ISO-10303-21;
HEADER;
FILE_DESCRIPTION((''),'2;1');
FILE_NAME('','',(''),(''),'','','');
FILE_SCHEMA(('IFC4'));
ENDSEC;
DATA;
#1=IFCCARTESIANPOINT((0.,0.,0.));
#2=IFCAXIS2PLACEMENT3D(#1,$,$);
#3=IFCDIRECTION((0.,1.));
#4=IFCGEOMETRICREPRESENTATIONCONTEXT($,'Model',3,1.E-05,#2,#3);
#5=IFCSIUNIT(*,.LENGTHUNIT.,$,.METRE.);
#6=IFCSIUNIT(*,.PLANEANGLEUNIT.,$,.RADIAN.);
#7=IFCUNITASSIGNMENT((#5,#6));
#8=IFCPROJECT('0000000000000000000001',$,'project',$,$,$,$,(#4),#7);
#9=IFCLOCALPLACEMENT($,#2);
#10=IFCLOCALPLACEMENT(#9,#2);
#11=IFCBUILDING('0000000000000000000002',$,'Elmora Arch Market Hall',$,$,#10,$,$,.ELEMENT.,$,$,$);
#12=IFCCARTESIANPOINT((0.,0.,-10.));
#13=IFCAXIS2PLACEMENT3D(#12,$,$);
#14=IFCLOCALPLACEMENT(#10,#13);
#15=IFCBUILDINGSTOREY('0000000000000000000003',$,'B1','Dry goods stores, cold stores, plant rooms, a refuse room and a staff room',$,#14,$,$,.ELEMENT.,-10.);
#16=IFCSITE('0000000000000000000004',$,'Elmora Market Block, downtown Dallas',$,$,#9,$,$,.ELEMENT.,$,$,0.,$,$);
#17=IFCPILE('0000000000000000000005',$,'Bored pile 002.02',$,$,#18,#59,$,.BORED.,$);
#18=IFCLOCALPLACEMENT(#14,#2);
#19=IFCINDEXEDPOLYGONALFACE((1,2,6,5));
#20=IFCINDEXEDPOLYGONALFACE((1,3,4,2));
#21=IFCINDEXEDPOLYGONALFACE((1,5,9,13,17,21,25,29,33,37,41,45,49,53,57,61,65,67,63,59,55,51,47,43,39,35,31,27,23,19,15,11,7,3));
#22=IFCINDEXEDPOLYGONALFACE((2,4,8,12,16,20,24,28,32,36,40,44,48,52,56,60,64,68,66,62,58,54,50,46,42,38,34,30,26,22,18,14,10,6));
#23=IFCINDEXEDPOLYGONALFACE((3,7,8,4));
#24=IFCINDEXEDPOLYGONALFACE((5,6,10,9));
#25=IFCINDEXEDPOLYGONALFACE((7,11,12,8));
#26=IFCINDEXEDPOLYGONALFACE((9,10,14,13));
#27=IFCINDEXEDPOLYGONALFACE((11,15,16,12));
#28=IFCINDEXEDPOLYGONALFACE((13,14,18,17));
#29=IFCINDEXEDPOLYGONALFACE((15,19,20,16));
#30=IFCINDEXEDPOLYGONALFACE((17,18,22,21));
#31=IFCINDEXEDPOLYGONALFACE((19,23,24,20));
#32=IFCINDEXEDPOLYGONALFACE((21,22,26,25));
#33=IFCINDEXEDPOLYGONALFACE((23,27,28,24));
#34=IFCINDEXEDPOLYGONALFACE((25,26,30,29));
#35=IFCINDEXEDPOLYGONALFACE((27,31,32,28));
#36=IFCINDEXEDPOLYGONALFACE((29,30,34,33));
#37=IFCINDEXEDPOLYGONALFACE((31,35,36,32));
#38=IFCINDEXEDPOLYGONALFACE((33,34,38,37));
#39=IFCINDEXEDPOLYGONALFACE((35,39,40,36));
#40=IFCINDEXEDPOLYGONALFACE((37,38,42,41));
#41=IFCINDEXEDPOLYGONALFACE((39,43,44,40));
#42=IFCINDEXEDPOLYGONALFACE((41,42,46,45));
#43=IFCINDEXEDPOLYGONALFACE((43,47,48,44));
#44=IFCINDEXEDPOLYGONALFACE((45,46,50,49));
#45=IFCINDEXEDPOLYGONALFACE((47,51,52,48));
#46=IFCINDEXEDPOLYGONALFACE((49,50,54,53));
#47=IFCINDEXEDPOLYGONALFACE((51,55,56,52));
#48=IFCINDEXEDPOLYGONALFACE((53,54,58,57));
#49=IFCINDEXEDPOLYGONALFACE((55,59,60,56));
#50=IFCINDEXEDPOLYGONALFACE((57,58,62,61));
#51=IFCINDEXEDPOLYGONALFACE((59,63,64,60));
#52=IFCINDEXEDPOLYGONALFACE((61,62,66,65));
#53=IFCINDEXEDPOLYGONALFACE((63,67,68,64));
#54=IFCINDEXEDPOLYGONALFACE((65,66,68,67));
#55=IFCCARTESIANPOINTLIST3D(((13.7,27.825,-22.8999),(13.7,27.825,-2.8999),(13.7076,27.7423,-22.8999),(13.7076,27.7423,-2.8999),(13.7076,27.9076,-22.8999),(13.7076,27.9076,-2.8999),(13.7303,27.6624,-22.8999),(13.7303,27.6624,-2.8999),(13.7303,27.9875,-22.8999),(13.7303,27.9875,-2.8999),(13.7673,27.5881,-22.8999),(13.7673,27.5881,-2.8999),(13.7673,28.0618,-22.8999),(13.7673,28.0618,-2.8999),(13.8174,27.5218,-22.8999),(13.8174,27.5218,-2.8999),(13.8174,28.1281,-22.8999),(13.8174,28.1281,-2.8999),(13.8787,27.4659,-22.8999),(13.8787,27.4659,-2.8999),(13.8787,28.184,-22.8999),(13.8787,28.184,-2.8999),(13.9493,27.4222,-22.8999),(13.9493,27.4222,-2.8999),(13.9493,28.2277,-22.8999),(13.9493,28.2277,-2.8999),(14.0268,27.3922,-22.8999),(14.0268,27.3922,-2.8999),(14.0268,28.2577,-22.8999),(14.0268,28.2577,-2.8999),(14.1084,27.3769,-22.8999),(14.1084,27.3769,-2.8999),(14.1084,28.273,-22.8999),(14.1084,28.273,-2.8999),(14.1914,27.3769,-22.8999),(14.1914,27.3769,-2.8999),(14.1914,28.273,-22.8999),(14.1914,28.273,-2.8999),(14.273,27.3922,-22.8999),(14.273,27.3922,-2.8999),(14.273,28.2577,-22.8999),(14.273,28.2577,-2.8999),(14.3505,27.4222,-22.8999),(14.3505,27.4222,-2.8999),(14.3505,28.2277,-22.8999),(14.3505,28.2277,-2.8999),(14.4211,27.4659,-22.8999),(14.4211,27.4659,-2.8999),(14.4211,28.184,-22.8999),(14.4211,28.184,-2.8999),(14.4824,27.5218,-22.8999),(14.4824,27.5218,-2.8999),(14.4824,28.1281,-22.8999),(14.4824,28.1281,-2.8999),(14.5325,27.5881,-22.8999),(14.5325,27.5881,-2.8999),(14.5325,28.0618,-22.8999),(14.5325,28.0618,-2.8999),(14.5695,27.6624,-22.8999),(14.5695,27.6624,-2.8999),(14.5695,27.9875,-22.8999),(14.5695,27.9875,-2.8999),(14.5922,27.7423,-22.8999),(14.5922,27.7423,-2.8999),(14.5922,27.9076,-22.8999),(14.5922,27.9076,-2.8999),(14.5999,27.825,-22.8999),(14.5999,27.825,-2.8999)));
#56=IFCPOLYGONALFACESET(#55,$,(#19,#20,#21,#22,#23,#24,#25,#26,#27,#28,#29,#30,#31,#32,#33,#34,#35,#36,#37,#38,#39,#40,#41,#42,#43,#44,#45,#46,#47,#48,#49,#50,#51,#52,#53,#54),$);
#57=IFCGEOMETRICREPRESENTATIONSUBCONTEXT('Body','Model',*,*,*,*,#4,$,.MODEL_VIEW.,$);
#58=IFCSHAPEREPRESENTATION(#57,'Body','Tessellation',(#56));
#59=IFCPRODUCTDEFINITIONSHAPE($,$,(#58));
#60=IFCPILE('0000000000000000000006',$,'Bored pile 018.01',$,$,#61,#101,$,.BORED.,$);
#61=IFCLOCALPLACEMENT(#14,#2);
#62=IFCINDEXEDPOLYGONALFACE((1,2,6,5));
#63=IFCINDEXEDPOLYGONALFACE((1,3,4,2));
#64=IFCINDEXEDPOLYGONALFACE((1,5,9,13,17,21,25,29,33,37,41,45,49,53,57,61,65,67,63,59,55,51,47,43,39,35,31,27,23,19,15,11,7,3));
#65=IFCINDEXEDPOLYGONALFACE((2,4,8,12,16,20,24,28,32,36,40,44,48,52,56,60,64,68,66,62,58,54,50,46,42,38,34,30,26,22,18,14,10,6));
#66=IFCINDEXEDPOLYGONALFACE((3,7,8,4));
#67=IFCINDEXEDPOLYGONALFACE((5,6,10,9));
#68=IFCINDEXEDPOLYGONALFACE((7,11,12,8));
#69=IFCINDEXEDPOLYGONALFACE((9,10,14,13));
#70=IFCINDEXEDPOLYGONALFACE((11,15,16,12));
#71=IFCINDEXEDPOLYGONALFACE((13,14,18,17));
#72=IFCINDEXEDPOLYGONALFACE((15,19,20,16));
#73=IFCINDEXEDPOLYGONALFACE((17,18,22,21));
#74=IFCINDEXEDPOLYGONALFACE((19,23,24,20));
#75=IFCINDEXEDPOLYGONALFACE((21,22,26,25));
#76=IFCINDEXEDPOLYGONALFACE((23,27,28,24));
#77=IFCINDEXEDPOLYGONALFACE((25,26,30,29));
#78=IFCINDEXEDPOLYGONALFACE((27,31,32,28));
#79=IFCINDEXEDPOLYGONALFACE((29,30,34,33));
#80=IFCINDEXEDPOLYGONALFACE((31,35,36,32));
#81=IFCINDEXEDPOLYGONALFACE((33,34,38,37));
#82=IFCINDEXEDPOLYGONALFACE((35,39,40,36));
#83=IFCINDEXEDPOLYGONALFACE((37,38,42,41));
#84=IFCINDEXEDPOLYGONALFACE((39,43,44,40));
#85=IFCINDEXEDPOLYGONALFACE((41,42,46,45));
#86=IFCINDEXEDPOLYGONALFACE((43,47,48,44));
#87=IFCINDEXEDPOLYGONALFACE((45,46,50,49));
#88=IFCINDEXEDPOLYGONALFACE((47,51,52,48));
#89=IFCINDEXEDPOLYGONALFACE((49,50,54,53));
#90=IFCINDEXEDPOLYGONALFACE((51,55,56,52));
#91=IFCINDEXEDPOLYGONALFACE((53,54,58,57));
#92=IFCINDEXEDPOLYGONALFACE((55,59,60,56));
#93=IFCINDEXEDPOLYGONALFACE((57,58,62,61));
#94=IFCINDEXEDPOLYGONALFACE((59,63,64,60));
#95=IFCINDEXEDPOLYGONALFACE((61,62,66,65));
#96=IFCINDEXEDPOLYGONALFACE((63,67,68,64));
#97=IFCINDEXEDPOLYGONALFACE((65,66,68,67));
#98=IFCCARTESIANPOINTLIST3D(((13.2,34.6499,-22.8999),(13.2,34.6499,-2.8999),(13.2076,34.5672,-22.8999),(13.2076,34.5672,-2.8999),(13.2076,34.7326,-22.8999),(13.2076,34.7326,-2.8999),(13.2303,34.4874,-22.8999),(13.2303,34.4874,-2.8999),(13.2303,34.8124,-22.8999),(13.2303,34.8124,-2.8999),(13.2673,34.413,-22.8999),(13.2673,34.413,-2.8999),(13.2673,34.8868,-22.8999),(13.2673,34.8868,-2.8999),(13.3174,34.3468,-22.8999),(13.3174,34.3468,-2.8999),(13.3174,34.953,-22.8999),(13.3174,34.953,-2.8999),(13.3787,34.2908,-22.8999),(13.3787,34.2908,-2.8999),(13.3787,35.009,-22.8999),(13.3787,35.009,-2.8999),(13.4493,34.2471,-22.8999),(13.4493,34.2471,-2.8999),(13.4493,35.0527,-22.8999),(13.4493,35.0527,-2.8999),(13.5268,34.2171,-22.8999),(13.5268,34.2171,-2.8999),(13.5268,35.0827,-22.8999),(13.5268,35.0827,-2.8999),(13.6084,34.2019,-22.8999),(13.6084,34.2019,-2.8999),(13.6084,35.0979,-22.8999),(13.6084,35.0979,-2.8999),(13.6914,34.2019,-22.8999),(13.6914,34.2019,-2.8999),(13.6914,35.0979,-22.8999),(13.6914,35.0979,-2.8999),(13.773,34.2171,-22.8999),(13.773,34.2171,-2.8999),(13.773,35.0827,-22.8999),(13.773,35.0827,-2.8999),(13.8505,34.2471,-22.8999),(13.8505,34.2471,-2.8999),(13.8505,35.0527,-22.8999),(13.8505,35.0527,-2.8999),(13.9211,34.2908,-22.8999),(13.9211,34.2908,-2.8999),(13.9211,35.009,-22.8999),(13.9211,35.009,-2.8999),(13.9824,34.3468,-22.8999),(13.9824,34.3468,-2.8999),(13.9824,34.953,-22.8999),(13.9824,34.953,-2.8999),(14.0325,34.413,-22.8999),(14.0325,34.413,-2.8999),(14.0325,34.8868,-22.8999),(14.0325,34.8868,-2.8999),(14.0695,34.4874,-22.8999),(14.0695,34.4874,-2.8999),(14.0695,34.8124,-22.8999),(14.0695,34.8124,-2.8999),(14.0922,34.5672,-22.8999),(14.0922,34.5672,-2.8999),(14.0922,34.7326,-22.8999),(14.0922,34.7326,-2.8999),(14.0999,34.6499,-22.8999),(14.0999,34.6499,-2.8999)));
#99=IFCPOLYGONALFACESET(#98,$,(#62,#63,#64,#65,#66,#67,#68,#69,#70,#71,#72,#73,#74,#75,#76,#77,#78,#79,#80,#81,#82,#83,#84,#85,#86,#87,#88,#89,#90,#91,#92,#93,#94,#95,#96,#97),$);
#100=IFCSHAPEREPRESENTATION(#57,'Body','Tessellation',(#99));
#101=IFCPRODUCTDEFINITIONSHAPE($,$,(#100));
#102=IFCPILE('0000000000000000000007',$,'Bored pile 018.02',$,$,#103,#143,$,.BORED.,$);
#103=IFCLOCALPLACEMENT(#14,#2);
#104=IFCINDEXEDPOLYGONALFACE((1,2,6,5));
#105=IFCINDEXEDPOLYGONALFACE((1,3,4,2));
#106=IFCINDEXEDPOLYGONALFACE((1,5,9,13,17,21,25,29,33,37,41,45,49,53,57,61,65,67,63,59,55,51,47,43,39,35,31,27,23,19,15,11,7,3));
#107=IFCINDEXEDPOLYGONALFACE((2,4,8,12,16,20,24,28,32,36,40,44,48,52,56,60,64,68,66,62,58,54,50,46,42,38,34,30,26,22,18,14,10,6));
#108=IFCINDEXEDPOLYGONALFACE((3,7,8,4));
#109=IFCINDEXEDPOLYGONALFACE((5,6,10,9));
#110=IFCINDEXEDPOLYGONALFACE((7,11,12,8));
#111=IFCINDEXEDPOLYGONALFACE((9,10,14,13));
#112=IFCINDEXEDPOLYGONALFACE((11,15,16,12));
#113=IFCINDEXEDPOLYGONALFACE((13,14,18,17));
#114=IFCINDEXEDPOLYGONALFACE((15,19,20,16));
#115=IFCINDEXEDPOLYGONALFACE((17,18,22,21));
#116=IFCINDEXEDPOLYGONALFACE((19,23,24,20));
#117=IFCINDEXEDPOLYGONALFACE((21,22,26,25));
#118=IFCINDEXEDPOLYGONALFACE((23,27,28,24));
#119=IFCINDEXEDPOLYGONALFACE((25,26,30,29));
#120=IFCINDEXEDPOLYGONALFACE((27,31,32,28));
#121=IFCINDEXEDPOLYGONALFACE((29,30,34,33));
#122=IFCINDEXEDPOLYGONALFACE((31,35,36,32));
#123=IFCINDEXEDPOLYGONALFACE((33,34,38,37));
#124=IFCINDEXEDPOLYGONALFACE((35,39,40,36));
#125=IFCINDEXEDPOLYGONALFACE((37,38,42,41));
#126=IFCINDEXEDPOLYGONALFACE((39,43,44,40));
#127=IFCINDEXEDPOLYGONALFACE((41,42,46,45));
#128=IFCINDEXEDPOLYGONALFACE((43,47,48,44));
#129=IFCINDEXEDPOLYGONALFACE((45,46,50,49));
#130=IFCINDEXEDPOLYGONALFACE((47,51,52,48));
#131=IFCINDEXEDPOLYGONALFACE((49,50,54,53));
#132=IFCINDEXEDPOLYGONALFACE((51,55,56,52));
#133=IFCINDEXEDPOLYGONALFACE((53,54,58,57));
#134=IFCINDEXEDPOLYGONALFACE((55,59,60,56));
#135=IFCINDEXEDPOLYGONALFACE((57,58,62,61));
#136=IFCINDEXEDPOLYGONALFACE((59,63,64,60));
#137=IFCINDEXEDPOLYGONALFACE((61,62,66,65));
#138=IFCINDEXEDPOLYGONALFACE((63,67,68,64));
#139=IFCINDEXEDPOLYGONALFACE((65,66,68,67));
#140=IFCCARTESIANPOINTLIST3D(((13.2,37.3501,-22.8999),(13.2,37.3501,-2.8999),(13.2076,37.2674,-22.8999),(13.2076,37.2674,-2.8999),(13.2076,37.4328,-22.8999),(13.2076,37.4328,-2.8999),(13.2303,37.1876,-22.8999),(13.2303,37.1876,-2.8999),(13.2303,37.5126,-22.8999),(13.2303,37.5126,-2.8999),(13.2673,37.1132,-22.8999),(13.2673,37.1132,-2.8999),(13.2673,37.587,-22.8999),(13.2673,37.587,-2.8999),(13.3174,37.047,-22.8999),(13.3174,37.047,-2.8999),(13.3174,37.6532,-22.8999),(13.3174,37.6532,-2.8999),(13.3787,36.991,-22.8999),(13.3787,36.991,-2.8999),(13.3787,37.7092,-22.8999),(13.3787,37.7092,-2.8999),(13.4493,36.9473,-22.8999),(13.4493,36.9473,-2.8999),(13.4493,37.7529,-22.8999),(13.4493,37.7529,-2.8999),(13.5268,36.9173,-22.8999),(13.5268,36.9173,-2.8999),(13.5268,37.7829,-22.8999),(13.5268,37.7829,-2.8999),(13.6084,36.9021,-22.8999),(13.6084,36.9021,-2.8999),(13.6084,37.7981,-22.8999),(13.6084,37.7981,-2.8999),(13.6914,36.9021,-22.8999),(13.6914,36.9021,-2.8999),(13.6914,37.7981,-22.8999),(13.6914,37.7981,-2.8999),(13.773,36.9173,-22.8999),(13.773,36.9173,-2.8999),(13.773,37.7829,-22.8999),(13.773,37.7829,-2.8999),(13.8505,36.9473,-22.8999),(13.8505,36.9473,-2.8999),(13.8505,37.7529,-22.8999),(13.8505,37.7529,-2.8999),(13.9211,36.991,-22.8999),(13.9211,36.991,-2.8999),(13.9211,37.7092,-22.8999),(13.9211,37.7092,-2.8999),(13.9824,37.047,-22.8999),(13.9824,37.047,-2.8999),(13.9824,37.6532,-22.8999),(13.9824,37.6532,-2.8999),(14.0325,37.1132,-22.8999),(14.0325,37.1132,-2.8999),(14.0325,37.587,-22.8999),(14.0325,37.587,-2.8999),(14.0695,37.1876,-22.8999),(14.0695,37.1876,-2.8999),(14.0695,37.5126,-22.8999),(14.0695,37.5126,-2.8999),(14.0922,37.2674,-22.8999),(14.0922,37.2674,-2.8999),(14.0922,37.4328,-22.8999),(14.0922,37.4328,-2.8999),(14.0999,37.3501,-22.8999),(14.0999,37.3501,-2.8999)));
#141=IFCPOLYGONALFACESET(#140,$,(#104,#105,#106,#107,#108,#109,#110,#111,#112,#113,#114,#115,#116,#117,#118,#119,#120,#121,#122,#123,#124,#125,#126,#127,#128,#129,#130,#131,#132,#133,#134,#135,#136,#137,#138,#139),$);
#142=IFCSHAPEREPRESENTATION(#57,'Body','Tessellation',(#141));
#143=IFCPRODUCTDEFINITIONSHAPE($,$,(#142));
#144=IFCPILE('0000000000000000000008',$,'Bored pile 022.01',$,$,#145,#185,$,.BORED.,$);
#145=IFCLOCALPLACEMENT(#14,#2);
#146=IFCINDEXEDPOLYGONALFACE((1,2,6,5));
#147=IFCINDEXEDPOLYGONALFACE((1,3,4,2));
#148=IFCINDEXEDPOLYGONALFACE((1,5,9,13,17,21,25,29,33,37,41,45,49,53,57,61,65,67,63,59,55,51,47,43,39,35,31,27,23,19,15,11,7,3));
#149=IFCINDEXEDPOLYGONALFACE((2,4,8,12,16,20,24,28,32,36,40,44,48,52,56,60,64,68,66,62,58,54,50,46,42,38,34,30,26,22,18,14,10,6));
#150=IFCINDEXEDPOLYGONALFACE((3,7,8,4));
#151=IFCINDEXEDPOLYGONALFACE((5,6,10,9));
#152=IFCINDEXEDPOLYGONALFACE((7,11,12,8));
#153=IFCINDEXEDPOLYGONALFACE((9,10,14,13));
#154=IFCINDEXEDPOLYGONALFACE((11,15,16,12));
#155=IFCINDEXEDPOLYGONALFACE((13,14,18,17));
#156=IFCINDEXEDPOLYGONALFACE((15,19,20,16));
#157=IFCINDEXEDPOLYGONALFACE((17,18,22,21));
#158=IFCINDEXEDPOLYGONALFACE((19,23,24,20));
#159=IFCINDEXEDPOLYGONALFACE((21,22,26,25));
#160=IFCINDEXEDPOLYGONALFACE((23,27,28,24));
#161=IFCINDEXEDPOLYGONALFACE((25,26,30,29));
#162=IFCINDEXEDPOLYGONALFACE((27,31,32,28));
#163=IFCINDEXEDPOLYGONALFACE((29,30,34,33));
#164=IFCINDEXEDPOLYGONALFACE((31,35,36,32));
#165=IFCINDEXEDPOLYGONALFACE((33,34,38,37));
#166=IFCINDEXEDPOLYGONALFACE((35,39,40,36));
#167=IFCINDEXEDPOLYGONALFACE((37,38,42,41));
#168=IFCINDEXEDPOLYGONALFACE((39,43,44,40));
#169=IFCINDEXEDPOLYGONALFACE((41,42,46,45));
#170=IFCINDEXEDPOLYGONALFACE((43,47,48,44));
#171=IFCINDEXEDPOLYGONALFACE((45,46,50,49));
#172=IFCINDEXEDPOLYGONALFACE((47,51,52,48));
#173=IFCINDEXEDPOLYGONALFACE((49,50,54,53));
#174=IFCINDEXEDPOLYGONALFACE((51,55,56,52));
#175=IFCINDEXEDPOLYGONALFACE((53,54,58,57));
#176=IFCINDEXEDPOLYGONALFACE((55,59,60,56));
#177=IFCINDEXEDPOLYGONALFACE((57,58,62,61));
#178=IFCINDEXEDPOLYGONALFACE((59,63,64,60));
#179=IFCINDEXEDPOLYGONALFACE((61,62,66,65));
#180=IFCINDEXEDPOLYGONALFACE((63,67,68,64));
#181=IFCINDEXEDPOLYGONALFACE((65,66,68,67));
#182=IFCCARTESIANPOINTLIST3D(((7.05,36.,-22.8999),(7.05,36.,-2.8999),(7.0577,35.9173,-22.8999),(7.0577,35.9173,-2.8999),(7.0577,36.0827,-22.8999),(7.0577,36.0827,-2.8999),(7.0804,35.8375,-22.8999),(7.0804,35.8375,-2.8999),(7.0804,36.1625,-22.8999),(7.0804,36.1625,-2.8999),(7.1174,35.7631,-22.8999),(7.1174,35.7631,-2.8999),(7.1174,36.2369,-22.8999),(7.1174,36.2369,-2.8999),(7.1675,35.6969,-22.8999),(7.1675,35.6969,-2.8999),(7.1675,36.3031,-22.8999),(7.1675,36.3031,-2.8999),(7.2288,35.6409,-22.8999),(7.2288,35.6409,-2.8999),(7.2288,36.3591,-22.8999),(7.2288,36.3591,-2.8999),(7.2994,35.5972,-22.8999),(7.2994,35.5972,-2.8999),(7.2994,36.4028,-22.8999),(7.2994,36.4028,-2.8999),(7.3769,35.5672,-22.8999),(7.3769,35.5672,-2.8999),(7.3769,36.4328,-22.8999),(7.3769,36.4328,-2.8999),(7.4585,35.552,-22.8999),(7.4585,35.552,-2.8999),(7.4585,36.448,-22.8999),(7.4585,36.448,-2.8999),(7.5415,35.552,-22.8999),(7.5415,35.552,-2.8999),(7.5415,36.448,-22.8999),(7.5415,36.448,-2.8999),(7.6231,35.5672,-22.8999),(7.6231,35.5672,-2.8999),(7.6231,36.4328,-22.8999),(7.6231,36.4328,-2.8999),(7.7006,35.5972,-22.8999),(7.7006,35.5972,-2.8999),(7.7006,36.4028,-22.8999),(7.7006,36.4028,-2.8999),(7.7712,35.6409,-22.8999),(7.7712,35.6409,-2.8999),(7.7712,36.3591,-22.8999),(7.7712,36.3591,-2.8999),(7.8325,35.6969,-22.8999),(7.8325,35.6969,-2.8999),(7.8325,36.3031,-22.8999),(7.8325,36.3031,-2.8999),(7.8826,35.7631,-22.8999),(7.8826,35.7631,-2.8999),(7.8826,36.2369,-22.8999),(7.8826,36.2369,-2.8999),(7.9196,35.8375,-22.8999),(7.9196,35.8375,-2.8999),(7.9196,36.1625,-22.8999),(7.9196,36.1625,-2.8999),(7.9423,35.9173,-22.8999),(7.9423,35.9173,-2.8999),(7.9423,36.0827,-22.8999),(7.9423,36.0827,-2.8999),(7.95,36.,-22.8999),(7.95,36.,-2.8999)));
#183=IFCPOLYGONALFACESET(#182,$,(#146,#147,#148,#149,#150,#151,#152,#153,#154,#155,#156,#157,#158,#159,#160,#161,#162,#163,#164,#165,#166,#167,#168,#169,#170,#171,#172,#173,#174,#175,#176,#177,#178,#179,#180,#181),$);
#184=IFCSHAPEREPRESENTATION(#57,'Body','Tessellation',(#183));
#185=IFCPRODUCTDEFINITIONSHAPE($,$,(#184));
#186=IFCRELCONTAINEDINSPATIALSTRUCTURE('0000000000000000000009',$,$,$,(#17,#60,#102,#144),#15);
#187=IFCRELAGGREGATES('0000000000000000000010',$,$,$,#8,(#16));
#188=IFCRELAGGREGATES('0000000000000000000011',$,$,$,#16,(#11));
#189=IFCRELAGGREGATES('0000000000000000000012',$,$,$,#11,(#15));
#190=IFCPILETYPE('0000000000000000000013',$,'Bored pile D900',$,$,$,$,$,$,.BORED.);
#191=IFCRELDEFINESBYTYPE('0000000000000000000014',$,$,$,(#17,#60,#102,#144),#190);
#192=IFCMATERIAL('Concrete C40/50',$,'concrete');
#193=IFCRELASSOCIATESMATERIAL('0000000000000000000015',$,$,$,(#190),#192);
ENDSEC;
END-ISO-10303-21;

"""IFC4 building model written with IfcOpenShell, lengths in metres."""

from ifc_helpers import new_model, si_unit, direction, frame, origin, origin_2d, place, context, subcontext, project, spatial, circle, extrude, material, material_profile, profile_set, type_object, element, save


model = new_model("IFC4")

# Units and contexts
model_context = context("Model", 3, precision=1e-05, world=origin(), true_north=direction((0.0, 1.0)))
body_context = subcontext(model_context, "Body", "Model", "MODEL_VIEW")
ifc_project = project(units=[si_unit("LENGTHUNIT", "METRE"), si_unit("PLANEANGLEUNIT", "RADIAN")], contexts=[model_context])

# Site, building, storey
site_placement = place(None, origin())
site = spatial("IfcSite", under=ifc_project, at=site_placement, Name="Elmora Market Block, downtown Dallas", CompositionType="ELEMENT", RefElevation=0.0)
building_placement = place(site_placement, origin())
building = spatial("IfcBuilding", under=site, at=building_placement, Name="Elmora Arch Market Hall", CompositionType="ELEMENT")
storey_placement = place(building_placement, frame((0.0, 0.0, -10.0)))
storey = spatial("IfcBuildingStorey", under=building, at=storey_placement, Name="B1", Description="Dry goods stores, cold stores, plant rooms, a refuse room and a staff room", CompositionType="ELEMENT", Elevation=-10.0)

# Piles
ifc_material_1 = material(Name="Concrete C40/50", Category="concrete")
ifc_material_profile_1 = material_profile(ifc_material_1, circle(Radius=0.45, at=origin_2d()), Name="Bored pile D900")
ifc_profile_set_1 = profile_set([ifc_material_profile_1], Name="Concrete C40/50")
pile_type = type_object("IfcPileType", Name="Bored pile D900", PredefinedType="BORED", material=ifc_profile_set_1)
for number, where, z_axis, x_axis, name in (
    (1, (14.1499, 27.825, -2.8999), (0.0, 0.0, -1.0), (1.0, 0.0, 0.0), "Bored pile 002.02"),
    (2, (13.6499, 34.6499, -2.8999), (0.0, 0.0, -1.0), (1.0, 0.0, 0.0), "Bored pile 018.01"),
    (3, (13.6499, 37.3501, -2.8999), (0.0, 0.0, -1.0), (1.0, 0.0, 0.0), "Bored pile 018.02"),
    (4, (7.5, 36.0, -2.8999), (0.0, 0.0, -1.0), (1.0, 0.0, 0.0), "Bored pile 022.01"),
):
    element("IfcPile", number, at=place(storey_placement, frame(where, z_axis=z_axis, x_axis=x_axis)), inside=storey, type_object=pile_type, Name=name, PredefinedType="BORED", context=body_context, shape_type="SweptSolid", body=[
        extrude(circle(Radius=0.45, at=origin_2d()), origin(), (0.0, 0.0, 1.0), 20.0),
    ])

save(model, "model.ifc")
